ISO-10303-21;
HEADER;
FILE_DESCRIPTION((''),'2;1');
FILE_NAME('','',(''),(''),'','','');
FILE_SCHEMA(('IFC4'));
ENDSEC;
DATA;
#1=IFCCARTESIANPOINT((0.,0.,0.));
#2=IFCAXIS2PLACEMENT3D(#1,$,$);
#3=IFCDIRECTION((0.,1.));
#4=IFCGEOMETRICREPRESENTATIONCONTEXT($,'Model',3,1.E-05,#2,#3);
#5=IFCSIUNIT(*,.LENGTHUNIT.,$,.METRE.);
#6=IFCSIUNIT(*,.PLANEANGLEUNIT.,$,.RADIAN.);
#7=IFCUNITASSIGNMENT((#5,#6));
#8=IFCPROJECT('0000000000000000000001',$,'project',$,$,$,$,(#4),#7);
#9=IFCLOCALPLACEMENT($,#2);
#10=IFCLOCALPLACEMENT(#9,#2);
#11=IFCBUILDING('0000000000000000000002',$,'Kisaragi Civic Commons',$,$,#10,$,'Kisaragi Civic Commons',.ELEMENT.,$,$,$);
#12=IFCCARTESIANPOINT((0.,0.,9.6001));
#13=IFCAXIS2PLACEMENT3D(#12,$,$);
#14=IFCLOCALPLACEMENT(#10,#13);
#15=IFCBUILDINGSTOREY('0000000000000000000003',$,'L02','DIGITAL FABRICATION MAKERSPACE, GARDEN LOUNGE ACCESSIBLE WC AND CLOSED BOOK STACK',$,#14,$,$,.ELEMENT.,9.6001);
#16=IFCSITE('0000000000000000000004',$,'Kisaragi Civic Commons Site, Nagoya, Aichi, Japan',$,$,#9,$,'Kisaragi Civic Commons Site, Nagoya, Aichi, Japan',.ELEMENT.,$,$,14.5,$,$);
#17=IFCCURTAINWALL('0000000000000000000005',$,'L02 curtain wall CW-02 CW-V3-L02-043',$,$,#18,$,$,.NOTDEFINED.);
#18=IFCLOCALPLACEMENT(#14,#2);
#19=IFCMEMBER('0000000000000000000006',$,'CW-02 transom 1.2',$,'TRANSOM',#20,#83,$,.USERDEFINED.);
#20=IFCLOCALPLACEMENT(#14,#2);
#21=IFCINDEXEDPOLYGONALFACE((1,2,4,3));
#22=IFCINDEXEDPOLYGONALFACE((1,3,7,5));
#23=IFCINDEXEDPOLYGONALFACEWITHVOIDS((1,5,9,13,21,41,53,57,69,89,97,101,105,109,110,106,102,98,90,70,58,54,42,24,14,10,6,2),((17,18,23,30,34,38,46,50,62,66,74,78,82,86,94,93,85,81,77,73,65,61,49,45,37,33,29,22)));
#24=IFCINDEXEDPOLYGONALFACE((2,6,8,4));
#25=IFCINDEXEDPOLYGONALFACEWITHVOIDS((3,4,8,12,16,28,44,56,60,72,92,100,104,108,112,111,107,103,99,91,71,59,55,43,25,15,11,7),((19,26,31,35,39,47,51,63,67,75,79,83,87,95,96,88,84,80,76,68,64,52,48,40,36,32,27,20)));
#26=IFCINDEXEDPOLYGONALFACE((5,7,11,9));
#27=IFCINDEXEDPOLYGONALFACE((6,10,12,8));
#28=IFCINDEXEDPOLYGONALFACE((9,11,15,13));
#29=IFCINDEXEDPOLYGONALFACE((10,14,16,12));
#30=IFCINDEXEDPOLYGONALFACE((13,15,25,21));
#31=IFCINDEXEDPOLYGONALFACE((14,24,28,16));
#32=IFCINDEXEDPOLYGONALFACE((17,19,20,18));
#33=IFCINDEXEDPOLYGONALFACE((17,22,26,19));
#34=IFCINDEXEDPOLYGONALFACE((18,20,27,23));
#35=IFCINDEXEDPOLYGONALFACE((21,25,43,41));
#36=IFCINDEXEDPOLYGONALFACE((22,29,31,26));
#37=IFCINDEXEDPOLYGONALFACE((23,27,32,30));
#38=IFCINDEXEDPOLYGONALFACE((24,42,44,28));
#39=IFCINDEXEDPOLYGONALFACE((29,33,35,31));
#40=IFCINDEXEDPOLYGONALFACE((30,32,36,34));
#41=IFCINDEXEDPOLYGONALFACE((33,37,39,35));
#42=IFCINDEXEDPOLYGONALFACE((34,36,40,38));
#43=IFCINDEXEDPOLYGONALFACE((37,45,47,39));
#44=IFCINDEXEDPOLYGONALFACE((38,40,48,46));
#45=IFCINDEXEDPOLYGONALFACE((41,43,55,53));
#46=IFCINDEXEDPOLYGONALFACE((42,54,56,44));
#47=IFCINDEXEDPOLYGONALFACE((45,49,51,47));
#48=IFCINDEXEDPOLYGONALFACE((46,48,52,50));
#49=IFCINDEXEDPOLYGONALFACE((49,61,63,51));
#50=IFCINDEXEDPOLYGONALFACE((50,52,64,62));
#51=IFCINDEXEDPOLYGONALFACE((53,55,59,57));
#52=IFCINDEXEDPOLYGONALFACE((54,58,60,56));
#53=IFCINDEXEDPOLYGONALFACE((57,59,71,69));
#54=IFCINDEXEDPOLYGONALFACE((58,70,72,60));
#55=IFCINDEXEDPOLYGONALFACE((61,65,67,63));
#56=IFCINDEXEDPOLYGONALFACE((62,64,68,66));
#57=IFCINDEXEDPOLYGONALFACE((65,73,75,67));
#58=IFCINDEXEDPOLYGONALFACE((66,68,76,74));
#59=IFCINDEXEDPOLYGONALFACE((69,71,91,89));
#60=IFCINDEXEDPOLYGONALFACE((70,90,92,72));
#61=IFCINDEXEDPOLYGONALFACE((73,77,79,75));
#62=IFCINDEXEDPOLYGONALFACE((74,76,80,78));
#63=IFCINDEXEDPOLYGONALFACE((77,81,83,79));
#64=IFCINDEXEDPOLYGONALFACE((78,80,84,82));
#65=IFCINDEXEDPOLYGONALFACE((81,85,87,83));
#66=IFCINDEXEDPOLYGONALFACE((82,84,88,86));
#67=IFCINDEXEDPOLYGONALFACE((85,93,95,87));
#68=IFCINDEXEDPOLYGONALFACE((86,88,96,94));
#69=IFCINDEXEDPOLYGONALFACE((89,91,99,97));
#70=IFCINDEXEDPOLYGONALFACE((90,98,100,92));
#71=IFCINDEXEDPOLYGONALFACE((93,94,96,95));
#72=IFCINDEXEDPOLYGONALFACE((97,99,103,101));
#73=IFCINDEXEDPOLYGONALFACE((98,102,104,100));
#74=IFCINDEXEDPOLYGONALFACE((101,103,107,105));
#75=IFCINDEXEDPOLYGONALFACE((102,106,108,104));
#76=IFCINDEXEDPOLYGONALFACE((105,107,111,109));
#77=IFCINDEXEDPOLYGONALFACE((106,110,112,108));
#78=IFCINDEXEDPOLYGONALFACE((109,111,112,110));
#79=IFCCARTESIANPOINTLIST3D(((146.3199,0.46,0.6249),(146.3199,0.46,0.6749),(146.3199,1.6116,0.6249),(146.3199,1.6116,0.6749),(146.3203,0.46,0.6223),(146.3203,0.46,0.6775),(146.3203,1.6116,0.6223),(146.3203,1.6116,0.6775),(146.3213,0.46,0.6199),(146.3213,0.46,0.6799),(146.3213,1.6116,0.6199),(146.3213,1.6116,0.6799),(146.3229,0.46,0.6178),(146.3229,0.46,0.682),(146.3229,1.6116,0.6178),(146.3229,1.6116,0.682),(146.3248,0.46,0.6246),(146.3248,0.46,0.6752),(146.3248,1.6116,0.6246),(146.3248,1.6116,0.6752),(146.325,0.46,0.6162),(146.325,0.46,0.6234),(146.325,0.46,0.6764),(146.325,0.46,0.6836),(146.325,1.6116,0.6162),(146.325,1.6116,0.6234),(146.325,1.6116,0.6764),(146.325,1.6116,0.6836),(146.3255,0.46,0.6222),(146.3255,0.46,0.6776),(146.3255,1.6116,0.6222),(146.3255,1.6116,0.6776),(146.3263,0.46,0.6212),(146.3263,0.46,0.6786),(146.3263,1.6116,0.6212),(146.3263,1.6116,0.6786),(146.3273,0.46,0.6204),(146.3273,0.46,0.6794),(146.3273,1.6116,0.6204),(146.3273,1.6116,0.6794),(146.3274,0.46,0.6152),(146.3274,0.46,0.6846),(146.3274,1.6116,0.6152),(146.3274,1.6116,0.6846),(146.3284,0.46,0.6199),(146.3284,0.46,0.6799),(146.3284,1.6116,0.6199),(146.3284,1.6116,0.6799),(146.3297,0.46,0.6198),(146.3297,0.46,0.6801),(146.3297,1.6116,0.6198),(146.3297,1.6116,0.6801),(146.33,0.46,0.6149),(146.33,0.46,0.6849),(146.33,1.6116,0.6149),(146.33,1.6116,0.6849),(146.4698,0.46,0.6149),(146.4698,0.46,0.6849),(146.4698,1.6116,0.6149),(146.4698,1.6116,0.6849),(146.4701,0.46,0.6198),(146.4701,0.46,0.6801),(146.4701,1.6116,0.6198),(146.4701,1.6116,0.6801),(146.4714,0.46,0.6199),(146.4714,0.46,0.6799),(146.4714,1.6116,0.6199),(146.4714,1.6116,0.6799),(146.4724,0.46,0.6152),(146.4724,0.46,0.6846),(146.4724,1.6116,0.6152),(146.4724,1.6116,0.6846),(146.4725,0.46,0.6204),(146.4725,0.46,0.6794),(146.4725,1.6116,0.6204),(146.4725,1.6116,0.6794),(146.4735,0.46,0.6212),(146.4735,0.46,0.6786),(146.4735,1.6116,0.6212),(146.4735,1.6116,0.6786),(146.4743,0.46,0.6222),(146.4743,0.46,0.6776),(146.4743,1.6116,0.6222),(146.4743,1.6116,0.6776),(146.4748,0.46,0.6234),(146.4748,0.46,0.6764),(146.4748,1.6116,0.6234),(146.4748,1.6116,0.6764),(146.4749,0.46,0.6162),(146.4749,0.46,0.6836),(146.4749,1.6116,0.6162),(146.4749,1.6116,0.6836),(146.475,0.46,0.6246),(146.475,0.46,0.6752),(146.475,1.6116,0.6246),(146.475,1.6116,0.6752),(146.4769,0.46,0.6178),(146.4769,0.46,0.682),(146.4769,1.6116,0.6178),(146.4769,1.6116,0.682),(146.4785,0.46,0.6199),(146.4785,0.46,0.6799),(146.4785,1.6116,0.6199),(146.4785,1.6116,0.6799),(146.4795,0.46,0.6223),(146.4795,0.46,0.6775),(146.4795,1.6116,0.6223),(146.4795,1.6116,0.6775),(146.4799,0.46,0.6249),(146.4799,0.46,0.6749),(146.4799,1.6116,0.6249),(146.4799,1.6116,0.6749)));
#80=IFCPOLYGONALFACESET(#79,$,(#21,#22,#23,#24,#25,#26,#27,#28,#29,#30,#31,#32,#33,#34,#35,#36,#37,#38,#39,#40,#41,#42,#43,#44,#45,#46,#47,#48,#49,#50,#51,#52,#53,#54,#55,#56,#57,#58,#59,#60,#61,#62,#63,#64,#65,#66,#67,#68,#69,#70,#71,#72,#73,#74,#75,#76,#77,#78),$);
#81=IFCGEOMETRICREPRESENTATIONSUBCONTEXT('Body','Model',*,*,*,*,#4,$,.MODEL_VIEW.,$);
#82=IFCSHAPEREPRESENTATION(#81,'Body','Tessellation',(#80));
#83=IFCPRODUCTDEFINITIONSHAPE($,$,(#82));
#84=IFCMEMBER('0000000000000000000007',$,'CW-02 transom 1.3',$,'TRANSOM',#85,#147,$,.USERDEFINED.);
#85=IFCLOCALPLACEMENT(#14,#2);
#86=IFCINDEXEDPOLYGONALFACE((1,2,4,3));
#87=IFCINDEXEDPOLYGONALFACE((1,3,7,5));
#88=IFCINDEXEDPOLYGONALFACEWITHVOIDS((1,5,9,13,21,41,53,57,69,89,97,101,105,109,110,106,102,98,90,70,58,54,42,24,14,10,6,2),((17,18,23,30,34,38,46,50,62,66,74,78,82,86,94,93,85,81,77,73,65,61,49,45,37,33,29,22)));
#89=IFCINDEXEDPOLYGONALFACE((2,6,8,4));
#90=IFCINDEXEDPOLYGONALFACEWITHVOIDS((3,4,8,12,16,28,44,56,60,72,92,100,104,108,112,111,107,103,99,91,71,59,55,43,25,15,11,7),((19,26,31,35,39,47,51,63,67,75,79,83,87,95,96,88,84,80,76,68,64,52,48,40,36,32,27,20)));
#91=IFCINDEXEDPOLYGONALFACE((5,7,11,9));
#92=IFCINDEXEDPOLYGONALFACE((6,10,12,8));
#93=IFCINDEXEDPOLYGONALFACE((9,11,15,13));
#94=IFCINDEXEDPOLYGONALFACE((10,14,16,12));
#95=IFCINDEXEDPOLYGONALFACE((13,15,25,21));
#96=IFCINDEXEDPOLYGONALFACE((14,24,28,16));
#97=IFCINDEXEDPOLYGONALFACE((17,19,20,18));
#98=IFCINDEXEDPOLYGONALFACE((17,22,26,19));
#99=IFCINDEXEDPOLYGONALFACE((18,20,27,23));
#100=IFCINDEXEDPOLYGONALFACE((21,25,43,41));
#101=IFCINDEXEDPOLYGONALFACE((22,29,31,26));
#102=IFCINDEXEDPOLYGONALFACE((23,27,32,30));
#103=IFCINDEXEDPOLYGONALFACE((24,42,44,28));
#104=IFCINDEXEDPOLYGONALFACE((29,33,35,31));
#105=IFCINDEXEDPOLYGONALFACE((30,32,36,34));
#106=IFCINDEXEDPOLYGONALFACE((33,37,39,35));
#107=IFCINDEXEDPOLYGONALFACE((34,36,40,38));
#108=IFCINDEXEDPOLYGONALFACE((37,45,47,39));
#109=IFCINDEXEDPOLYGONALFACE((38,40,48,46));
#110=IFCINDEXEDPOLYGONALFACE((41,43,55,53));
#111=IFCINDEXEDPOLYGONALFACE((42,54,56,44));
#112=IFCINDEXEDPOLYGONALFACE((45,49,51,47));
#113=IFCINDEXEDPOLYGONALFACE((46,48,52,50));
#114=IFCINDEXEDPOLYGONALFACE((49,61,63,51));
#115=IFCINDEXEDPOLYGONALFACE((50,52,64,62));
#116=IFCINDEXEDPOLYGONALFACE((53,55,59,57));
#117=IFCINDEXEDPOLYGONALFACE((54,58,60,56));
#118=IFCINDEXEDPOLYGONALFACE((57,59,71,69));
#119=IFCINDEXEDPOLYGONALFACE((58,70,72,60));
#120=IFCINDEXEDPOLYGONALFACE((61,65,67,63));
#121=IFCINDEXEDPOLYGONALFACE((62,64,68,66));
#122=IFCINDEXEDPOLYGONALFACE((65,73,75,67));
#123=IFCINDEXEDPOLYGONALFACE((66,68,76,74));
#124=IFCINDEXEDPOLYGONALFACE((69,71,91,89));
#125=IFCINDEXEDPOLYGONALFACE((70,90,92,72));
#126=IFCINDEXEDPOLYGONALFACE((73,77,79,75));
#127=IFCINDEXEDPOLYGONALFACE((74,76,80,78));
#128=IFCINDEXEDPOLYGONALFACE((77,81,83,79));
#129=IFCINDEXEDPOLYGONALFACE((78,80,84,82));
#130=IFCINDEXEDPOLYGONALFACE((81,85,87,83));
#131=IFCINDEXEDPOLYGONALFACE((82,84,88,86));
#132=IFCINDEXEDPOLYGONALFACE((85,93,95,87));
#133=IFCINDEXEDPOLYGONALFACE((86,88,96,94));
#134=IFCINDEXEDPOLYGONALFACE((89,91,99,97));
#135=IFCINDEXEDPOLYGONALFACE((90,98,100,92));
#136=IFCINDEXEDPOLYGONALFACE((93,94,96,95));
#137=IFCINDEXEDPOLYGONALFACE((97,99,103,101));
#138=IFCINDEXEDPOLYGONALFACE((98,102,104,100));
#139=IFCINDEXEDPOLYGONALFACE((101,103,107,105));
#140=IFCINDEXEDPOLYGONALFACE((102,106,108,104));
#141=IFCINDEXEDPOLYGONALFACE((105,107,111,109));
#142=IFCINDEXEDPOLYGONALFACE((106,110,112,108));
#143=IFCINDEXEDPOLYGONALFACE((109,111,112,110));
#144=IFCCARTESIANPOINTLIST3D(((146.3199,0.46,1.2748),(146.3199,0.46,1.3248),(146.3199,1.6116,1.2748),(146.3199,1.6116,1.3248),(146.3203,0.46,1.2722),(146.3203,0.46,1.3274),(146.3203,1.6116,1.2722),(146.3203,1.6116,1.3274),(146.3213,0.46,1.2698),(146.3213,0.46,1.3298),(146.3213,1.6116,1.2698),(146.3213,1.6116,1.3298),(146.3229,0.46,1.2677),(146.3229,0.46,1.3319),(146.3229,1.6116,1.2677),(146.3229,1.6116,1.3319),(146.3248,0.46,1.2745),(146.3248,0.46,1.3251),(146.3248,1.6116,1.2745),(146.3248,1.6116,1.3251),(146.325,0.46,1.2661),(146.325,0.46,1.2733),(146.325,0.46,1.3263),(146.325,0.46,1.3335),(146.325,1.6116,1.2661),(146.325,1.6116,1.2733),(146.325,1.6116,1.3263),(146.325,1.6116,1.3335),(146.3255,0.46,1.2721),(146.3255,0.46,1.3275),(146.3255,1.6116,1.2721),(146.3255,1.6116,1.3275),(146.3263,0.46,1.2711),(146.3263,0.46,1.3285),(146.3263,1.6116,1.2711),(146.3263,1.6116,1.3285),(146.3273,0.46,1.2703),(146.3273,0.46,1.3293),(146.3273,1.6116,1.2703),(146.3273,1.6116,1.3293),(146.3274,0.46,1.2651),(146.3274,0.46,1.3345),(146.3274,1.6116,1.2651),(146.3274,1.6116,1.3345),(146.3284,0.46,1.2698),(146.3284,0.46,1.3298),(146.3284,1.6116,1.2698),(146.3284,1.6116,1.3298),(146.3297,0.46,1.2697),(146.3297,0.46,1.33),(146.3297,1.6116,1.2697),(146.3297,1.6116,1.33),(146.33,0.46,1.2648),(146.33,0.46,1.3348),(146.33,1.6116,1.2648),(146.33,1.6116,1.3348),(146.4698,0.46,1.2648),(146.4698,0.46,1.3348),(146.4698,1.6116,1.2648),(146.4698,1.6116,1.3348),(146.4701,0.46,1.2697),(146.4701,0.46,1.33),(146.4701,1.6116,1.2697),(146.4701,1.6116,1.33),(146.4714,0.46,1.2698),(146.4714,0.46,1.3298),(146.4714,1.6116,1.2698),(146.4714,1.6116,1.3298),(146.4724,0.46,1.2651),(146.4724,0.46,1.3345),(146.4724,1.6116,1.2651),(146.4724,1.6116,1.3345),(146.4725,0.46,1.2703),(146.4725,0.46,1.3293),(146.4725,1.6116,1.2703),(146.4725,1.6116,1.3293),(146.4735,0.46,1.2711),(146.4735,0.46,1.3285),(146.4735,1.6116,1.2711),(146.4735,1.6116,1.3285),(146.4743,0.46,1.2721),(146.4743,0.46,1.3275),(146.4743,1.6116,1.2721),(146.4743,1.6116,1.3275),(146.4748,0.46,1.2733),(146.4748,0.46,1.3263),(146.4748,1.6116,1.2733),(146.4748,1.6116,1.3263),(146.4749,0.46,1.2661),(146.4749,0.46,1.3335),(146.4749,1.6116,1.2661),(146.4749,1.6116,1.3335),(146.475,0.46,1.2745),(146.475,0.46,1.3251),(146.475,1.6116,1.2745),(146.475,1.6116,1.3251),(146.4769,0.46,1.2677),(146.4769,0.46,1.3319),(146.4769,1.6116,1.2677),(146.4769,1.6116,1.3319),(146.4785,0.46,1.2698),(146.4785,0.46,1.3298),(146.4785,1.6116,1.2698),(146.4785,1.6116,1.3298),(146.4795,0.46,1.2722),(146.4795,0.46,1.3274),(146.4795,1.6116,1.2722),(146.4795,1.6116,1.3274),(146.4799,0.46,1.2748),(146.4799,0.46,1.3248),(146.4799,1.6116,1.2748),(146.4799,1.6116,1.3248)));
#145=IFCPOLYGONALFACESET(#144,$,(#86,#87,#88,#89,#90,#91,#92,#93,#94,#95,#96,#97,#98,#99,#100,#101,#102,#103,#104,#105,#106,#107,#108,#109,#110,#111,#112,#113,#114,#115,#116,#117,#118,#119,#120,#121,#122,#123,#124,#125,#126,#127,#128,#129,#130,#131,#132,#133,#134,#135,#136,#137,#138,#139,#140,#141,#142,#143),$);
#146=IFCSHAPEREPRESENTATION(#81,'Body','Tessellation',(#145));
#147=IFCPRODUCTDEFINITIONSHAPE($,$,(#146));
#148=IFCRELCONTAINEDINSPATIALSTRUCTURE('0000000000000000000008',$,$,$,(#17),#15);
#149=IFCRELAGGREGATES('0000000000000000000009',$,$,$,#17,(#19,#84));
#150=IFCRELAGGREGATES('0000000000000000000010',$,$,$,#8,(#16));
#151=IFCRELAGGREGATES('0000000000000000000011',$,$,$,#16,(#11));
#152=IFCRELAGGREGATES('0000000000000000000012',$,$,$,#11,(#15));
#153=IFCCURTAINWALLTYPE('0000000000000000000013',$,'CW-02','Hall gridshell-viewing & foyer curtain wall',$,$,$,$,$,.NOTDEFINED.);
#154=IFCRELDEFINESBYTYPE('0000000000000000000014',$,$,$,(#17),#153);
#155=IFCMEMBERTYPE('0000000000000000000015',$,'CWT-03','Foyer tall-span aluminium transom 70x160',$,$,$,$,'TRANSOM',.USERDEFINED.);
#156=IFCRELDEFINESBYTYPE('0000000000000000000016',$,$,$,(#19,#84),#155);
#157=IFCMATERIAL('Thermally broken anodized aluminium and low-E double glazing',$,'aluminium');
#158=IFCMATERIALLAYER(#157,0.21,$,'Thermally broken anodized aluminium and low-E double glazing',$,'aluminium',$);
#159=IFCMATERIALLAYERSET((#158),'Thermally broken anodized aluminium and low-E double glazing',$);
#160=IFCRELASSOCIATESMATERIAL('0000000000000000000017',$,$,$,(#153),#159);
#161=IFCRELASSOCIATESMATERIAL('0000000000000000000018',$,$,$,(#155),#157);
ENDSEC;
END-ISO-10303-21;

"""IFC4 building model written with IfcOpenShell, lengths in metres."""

from ifc_helpers import new_model, si_unit, direction, frame, origin, origin_2d, place, context, subcontext, project, spatial, hollow_rectangle, extrude, material, layer, layer_set, material_profile, profile_set, type_object, element, aggregate, save


model = new_model("IFC4")

# Units and contexts
model_context = context("Model", 3, precision=1e-05, world=origin(), true_north=direction((0.0, 1.0)))
body_context = subcontext(model_context, "Body", "Model", "MODEL_VIEW")
ifc_project = project(units=[si_unit("LENGTHUNIT", "METRE"), si_unit("PLANEANGLEUNIT", "RADIAN")], contexts=[model_context])

# Site, building, storey
site_placement = place(None, origin())
site = spatial("IfcSite", under=ifc_project, at=site_placement, Name="Kisaragi Civic Commons Site, Nagoya, Aichi, Japan", LongName="Kisaragi Civic Commons Site, Nagoya, Aichi, Japan", CompositionType="ELEMENT", RefElevation=14.5)
building_placement = place(site_placement, origin())
building = spatial("IfcBuilding", under=site, at=building_placement, Name="Kisaragi Civic Commons", LongName="Kisaragi Civic Commons", CompositionType="ELEMENT")
storey_placement = place(building_placement, frame((0.0, 0.0, 9.6001)))
storey = spatial("IfcBuildingStorey", under=building, at=storey_placement, Name="L02", Description="DIGITAL FABRICATION MAKERSPACE, GARDEN LOUNGE ACCESSIBLE WC AND CLOSED BOOK STACK", CompositionType="ELEMENT", Elevation=9.6001)

# Curtain wall
ifc_material_1 = material(Name="Thermally broken anodized aluminium and low-E double glazing", Category="aluminium")
ifc_layer_1 = layer(ifc_material_1, 0.21, Name="Thermally broken anodized aluminium and low-E double glazing", Category="aluminium")
ifc_layer_set_1 = layer_set([ifc_layer_1], Name="Thermally broken anodized aluminium and low-E double glazing")
curtain_wall_type = type_object("IfcCurtainWallType", Name="CW-02", Description="Hall gridshell-viewing & foyer curtain wall", PredefinedType="NOTDEFINED", material=ifc_layer_set_1)
curtain_wall_1_placement = place(storey_placement, origin())
curtain_wall_1 = element("IfcCurtainWall", 1, at=curtain_wall_1_placement, inside=storey, type_object=curtain_wall_type, Name="L02 curtain wall CW-02 CW-V3-L02-043", PredefinedType="NOTDEFINED")

# Members
ifc_material_profile_1 = material_profile(ifc_material_1, hollow_rectangle(XDim=0.1599, YDim=0.0701, WallThickness=0.0049, InnerFilletRadius=0.0049, OuterFilletRadius=0.01, at=origin_2d()), Name="CWT-70x160x5", Category="aluminium")
ifc_profile_set_1 = profile_set([ifc_material_profile_1], Name="Thermally broken anodized aluminium and low-E double glazing")
member_type_1 = type_object("IfcMemberType", Name="CWT-03", Description="Foyer tall-span aluminium transom 70x160", ElementType="TRANSOM", PredefinedType="USERDEFINED", material=ifc_profile_set_1)
member_1_placement = place(storey_placement, frame((146.3999, 0.46, 0.6499), z_axis=(0.0, 1.0, 0.0), x_axis=(-1.0, 0.0, 0.0)))
member_1 = element("IfcMember", 2, at=member_1_placement, type_object=member_type_1, Name="CW-02 transom 1.2", ObjectType="TRANSOM", PredefinedType="USERDEFINED", context=body_context, shape_type="SweptSolid", body=[
    extrude(hollow_rectangle(XDim=0.1599, YDim=0.0701, WallThickness=0.0049, InnerFilletRadius=0.0049, OuterFilletRadius=0.01, at=origin_2d()), origin(), (0.0, 0.0, 1.0), 1.1516),
])
member_2_placement = place(storey_placement, frame((146.3999, 0.46, 1.2998), z_axis=(0.0, 1.0, 0.0), x_axis=(-1.0, 0.0, 0.0)))
member_2 = element("IfcMember", 3, at=member_2_placement, type_object=member_type_1, Name="CW-02 transom 1.3", ObjectType="TRANSOM", PredefinedType="USERDEFINED", context=body_context, shape_type="SweptSolid", body=[
    extrude(hollow_rectangle(XDim=0.1599, YDim=0.0701, WallThickness=0.0049, InnerFilletRadius=0.0049, OuterFilletRadius=0.01, at=origin_2d()), origin(), (0.0, 0.0, 1.0), 1.1516),
])

aggregate(curtain_wall_1, [member_1, member_2])

save(model, "model.ifc")
